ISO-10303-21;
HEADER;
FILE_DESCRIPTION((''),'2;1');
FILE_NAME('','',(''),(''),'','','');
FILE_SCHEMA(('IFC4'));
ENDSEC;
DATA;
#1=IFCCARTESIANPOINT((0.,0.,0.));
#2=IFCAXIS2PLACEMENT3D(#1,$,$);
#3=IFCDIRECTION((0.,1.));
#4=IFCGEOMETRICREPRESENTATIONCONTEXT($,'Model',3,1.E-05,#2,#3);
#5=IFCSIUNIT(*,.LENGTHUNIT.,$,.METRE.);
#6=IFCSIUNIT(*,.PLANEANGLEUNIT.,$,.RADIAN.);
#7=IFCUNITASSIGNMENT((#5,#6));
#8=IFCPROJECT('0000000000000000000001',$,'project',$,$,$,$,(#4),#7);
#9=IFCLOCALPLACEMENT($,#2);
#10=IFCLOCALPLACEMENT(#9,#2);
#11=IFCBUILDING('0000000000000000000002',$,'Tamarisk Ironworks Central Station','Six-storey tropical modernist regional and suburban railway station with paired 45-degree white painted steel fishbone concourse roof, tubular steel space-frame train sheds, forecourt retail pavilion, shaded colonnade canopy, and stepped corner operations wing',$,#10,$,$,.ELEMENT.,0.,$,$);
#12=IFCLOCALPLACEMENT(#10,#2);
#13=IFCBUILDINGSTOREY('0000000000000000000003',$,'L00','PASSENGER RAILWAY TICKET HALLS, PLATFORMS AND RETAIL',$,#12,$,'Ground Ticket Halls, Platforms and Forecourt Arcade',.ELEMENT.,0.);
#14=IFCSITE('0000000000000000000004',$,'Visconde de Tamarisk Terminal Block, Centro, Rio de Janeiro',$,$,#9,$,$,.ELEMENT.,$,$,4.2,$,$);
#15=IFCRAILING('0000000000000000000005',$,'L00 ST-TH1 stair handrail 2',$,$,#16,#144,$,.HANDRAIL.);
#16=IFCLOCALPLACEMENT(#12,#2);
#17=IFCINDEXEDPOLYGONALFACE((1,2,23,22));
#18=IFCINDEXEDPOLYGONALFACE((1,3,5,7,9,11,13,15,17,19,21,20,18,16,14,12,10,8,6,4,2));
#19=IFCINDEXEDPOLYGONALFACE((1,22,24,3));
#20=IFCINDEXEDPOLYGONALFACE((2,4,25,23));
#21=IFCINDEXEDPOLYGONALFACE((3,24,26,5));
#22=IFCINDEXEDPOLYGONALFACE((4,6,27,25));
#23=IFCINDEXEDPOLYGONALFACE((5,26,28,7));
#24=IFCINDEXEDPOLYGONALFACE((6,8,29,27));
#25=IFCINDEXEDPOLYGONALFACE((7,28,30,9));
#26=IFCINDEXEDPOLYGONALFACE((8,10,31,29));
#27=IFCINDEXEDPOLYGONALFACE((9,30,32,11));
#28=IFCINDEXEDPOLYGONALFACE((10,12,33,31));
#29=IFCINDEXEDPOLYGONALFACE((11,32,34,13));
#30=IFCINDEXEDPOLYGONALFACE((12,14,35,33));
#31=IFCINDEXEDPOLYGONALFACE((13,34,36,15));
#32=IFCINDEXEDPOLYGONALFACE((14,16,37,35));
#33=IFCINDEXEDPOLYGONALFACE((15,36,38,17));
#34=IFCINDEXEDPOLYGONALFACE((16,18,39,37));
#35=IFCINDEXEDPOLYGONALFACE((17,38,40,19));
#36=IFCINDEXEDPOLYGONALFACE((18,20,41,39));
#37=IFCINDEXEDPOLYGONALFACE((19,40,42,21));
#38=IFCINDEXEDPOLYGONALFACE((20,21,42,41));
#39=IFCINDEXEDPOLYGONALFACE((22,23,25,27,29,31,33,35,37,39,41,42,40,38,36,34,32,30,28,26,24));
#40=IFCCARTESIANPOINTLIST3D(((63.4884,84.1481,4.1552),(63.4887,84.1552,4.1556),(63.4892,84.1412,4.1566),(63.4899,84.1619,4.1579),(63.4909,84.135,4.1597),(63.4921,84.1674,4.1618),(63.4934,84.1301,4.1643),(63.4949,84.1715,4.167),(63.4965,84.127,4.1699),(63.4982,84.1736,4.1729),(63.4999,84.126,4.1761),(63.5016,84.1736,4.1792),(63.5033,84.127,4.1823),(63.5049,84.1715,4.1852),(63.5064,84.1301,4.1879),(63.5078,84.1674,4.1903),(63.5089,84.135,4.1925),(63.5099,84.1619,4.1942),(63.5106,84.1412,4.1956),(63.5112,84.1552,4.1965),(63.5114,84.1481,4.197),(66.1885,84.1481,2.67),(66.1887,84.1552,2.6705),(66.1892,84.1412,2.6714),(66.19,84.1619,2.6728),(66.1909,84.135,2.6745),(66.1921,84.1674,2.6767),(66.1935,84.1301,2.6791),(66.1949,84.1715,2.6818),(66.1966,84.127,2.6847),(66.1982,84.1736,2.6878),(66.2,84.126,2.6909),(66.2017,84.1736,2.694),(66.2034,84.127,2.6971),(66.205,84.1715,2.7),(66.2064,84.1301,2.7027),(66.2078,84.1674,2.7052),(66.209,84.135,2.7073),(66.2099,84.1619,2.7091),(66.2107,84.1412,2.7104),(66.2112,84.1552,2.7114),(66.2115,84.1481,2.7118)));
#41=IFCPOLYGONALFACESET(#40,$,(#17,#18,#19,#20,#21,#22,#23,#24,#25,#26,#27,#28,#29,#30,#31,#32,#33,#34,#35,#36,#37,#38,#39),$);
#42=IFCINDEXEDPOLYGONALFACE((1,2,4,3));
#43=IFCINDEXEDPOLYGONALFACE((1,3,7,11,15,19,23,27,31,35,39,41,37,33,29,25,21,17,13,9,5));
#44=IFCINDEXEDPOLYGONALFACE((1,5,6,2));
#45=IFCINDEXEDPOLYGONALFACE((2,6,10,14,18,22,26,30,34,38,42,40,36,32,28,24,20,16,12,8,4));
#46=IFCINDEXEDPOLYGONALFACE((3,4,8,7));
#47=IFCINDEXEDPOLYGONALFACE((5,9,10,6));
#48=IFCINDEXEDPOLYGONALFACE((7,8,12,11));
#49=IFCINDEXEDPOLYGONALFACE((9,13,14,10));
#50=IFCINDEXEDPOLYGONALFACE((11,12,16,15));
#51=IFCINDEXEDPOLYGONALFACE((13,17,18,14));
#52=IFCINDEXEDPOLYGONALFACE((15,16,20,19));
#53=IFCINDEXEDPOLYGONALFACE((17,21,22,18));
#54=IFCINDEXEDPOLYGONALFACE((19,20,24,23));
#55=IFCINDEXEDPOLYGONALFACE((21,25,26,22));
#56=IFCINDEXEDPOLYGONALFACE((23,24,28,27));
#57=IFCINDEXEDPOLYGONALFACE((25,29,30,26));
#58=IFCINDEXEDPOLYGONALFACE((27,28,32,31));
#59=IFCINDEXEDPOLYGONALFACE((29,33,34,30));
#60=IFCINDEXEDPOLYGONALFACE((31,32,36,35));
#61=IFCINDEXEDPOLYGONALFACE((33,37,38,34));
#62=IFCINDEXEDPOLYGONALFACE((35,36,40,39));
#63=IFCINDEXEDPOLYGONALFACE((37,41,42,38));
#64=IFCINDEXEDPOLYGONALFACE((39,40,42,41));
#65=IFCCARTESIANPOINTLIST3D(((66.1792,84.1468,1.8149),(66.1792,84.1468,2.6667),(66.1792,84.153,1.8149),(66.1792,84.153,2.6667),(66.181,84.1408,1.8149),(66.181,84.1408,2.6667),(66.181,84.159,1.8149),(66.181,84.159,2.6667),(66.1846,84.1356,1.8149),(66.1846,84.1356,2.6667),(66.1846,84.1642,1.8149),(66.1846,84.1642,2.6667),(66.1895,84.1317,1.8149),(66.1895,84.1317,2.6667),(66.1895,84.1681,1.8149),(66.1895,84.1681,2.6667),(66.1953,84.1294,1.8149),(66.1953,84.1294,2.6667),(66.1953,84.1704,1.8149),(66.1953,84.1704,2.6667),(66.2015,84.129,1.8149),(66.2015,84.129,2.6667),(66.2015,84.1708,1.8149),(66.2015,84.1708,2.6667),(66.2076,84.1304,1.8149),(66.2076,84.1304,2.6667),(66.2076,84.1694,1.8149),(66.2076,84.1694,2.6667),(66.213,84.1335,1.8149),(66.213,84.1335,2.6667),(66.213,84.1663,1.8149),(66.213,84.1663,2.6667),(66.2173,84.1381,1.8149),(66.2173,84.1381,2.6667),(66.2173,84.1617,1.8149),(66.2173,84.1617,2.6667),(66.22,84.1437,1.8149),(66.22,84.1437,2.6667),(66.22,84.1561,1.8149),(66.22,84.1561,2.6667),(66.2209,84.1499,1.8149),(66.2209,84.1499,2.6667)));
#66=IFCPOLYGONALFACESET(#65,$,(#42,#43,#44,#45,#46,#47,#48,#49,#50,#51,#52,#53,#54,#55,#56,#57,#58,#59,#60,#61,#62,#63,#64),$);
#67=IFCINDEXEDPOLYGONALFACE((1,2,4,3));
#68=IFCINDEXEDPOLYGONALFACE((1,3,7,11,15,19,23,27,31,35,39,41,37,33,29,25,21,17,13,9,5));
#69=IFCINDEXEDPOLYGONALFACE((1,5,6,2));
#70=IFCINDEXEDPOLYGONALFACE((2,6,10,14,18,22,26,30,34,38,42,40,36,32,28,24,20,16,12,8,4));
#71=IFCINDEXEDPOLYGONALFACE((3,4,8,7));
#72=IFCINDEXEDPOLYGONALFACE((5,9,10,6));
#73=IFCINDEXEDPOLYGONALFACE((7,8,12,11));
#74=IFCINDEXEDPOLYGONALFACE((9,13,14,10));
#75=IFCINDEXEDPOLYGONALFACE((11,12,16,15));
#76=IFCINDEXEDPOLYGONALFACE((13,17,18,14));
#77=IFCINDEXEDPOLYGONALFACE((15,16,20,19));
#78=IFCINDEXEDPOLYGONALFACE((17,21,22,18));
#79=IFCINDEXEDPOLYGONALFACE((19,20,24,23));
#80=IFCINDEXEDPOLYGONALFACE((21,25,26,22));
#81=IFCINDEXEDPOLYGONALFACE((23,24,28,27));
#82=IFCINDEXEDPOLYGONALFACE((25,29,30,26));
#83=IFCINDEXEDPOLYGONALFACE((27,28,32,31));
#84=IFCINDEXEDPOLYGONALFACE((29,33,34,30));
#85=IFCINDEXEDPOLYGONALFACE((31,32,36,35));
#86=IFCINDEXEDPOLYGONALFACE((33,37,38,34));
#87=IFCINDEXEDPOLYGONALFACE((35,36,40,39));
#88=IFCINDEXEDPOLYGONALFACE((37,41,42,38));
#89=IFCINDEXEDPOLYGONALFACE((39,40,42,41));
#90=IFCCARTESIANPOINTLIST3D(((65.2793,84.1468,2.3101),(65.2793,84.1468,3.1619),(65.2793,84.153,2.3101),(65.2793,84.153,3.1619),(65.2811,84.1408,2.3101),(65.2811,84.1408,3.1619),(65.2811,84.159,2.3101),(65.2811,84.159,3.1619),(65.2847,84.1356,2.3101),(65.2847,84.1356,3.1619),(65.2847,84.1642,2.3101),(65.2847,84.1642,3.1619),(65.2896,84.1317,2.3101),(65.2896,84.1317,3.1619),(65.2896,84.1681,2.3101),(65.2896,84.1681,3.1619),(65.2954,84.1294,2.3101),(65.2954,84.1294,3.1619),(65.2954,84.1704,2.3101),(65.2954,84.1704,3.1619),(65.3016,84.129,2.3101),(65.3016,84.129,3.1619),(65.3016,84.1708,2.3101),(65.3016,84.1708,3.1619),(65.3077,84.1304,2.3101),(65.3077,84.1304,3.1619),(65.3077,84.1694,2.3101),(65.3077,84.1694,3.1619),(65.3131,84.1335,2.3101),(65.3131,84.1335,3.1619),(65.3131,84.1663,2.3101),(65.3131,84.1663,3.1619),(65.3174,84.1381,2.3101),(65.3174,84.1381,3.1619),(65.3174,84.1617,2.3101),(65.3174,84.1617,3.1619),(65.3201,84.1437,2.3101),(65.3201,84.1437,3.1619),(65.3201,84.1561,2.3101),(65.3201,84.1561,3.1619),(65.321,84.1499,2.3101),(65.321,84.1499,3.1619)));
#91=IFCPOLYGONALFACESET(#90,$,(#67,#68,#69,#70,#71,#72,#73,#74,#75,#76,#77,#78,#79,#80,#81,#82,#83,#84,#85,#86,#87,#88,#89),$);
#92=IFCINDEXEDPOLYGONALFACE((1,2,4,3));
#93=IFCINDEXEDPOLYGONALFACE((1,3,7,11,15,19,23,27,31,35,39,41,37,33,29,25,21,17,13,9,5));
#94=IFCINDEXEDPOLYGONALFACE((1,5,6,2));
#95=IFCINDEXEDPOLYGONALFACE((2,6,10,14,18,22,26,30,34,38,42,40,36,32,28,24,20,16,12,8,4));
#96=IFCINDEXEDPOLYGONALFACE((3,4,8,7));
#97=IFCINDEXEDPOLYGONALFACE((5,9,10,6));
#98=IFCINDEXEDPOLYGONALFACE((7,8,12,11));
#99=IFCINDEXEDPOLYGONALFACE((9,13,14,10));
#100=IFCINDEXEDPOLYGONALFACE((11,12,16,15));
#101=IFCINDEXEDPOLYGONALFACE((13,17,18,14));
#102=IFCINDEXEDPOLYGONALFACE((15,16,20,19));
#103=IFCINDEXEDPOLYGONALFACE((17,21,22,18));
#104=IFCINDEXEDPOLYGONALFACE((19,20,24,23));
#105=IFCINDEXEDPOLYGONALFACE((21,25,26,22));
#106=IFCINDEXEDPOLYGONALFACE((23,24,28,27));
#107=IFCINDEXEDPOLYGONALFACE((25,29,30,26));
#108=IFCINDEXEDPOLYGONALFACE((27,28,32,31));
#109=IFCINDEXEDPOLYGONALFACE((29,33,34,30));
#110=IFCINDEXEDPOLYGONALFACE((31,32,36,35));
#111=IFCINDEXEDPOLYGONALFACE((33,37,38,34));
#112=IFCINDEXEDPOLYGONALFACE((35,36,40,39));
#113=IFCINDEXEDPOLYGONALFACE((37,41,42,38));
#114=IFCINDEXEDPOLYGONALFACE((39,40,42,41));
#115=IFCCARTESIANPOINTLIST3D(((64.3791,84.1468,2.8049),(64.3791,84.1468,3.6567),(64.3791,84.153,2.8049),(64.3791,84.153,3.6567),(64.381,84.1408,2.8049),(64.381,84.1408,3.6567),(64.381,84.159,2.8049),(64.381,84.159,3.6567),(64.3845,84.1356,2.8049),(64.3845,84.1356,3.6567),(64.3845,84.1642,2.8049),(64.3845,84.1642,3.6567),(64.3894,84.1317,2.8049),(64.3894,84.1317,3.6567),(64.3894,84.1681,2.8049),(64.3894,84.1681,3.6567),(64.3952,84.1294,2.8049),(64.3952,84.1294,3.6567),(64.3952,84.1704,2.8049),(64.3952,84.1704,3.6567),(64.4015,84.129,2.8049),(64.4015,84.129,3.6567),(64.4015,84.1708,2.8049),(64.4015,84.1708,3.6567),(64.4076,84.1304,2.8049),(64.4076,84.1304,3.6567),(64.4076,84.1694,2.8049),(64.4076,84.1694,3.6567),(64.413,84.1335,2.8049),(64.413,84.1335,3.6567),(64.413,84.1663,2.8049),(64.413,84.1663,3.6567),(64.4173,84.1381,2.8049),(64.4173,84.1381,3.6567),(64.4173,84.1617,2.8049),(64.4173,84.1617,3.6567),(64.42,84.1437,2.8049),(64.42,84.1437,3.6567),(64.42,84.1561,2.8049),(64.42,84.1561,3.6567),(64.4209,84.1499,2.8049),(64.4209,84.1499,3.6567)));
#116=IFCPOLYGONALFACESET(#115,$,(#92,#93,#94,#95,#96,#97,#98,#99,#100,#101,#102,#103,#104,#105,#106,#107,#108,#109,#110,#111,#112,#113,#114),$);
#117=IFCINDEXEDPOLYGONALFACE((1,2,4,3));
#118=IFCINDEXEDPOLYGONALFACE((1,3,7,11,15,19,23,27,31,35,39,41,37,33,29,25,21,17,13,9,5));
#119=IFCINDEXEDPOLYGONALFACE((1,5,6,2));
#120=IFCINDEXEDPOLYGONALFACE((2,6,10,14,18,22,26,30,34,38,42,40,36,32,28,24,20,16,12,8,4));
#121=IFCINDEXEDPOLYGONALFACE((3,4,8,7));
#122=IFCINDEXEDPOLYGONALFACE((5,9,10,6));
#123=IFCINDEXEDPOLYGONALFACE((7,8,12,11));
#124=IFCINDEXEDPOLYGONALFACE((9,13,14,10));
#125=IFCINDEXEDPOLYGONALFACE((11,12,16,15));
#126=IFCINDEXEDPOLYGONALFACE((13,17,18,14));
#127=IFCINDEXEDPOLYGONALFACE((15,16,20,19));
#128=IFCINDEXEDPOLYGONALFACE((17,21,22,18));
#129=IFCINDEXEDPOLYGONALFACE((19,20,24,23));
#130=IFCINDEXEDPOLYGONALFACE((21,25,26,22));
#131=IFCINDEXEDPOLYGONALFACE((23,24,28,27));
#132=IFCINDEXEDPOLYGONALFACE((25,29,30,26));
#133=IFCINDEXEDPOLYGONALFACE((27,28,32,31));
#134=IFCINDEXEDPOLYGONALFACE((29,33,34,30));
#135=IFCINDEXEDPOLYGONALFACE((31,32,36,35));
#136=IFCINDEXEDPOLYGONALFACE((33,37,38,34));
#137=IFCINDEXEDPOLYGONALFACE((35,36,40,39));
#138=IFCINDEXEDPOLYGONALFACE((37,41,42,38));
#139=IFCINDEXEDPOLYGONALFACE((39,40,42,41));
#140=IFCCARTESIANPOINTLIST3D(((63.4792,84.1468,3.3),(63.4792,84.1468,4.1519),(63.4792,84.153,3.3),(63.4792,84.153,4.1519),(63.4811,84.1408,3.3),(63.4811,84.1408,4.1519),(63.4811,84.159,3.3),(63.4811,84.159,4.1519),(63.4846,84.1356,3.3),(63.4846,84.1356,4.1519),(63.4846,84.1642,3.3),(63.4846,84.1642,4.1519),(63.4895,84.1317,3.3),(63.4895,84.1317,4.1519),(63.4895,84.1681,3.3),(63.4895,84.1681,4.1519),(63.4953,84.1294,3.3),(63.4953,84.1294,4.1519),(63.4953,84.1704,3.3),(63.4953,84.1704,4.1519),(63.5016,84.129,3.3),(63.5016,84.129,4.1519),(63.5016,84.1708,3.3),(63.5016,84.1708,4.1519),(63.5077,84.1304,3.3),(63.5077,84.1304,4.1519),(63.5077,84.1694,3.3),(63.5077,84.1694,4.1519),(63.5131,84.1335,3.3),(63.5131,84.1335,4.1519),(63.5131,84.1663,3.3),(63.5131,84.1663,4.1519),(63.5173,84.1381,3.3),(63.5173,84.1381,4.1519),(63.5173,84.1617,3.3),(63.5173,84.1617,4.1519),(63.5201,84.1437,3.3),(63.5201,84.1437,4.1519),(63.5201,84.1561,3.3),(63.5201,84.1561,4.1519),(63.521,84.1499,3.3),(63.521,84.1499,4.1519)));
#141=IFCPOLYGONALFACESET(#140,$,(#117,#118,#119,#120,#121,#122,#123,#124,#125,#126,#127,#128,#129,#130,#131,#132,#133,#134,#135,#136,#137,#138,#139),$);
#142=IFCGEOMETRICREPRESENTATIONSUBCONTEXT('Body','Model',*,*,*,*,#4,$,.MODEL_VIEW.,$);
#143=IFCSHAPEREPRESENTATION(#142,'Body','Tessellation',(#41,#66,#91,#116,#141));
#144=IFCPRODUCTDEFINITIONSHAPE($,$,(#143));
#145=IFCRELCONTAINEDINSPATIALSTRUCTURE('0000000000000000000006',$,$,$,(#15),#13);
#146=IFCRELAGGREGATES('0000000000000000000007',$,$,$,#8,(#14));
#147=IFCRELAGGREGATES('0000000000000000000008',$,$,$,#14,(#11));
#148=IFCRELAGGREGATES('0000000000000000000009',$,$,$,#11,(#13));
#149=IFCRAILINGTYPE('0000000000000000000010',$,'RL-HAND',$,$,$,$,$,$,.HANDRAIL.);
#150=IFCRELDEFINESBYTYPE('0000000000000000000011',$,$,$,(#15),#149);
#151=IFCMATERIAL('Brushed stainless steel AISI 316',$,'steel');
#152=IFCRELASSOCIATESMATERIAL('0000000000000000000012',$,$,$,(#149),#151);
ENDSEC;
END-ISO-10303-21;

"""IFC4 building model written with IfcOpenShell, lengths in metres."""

from ifc_helpers import new_model, si_unit, direction, frame, origin, origin_2d, place, context, subcontext, project, spatial, circle, extrude, material, type_object, element, save


model = new_model("IFC4")

# Units and contexts
model_context = context("Model", 3, precision=1e-05, world=origin(), true_north=direction((0.0, 1.0)))
body_context = subcontext(model_context, "Body", "Model", "MODEL_VIEW")
ifc_project = project(units=[si_unit("LENGTHUNIT", "METRE"), si_unit("PLANEANGLEUNIT", "RADIAN")], contexts=[model_context])

# Site, building, storey
site_placement = place(None, origin())
site = spatial("IfcSite", under=ifc_project, at=site_placement, Name="Visconde de Tamarisk Terminal Block, Centro, Rio de Janeiro", CompositionType="ELEMENT", RefElevation=4.2)
building_placement = place(site_placement, origin())
building = spatial("IfcBuilding", under=site, at=building_placement, Name="Tamarisk Ironworks Central Station", Description="Six-storey tropical modernist regional and suburban railway station with paired 45-degree white painted steel fishbone concourse roof, tubular steel space-frame train sheds, forecourt retail pavilion, shaded colonnade canopy, and stepped corner operations wing", CompositionType="ELEMENT", ElevationOfRefHeight=0.0)
storey_placement = place(building_placement, origin())
storey = spatial("IfcBuildingStorey", under=building, at=storey_placement, Name="L00", Description="PASSENGER RAILWAY TICKET HALLS, PLATFORMS AND RETAIL", LongName="Ground Ticket Halls, Platforms and Forecourt Arcade", CompositionType="ELEMENT", Elevation=0.0)

# Railing
ifc_material_1 = material(Name="Brushed stainless steel AISI 316", Category="steel")
railing_type_1 = type_object("IfcRailingType", Name="RL-HAND", PredefinedType="HANDRAIL", material=ifc_material_1)
for number, where, name in (
    (1, (66.2, 84.1499, 1.8149), "L00 ST-TH1 stair handrail 2"),
):
    element("IfcRailing", number, at=place(storey_placement, frame(where)), inside=storey, type_object=railing_type_1, Name=name, PredefinedType="HANDRAIL", context=body_context, shape_type="SweptSolid", body=[
        extrude(circle(Radius=0.0239, at=origin_2d()), frame((0.0, 0.0, 0.876), z_axis=(-0.876198, 0.0, 0.481952), x_axis=(0.0, -1.0, 0.0)), (0.0, 0.0, 1.0), 3.0815),
        extrude(circle(Radius=0.021, at=origin_2d()), origin(), (0.0, 0.0, 1.0), 0.8518),
        extrude(circle(Radius=0.021, at=origin_2d()), frame((-0.8999, 0.0, 0.4951)), (0.0, 0.0, 1.0), 0.8518),
        extrude(circle(Radius=0.021, at=origin_2d()), frame((-1.8, 0.0, 0.99)), (0.0, 0.0, 1.0), 0.8518),
        extrude(circle(Radius=0.021, at=origin_2d()), frame((-2.7, 0.0, 1.4851)), (0.0, 0.0, 1.0), 0.8518),
    ])

save(model, "model.ifc")
